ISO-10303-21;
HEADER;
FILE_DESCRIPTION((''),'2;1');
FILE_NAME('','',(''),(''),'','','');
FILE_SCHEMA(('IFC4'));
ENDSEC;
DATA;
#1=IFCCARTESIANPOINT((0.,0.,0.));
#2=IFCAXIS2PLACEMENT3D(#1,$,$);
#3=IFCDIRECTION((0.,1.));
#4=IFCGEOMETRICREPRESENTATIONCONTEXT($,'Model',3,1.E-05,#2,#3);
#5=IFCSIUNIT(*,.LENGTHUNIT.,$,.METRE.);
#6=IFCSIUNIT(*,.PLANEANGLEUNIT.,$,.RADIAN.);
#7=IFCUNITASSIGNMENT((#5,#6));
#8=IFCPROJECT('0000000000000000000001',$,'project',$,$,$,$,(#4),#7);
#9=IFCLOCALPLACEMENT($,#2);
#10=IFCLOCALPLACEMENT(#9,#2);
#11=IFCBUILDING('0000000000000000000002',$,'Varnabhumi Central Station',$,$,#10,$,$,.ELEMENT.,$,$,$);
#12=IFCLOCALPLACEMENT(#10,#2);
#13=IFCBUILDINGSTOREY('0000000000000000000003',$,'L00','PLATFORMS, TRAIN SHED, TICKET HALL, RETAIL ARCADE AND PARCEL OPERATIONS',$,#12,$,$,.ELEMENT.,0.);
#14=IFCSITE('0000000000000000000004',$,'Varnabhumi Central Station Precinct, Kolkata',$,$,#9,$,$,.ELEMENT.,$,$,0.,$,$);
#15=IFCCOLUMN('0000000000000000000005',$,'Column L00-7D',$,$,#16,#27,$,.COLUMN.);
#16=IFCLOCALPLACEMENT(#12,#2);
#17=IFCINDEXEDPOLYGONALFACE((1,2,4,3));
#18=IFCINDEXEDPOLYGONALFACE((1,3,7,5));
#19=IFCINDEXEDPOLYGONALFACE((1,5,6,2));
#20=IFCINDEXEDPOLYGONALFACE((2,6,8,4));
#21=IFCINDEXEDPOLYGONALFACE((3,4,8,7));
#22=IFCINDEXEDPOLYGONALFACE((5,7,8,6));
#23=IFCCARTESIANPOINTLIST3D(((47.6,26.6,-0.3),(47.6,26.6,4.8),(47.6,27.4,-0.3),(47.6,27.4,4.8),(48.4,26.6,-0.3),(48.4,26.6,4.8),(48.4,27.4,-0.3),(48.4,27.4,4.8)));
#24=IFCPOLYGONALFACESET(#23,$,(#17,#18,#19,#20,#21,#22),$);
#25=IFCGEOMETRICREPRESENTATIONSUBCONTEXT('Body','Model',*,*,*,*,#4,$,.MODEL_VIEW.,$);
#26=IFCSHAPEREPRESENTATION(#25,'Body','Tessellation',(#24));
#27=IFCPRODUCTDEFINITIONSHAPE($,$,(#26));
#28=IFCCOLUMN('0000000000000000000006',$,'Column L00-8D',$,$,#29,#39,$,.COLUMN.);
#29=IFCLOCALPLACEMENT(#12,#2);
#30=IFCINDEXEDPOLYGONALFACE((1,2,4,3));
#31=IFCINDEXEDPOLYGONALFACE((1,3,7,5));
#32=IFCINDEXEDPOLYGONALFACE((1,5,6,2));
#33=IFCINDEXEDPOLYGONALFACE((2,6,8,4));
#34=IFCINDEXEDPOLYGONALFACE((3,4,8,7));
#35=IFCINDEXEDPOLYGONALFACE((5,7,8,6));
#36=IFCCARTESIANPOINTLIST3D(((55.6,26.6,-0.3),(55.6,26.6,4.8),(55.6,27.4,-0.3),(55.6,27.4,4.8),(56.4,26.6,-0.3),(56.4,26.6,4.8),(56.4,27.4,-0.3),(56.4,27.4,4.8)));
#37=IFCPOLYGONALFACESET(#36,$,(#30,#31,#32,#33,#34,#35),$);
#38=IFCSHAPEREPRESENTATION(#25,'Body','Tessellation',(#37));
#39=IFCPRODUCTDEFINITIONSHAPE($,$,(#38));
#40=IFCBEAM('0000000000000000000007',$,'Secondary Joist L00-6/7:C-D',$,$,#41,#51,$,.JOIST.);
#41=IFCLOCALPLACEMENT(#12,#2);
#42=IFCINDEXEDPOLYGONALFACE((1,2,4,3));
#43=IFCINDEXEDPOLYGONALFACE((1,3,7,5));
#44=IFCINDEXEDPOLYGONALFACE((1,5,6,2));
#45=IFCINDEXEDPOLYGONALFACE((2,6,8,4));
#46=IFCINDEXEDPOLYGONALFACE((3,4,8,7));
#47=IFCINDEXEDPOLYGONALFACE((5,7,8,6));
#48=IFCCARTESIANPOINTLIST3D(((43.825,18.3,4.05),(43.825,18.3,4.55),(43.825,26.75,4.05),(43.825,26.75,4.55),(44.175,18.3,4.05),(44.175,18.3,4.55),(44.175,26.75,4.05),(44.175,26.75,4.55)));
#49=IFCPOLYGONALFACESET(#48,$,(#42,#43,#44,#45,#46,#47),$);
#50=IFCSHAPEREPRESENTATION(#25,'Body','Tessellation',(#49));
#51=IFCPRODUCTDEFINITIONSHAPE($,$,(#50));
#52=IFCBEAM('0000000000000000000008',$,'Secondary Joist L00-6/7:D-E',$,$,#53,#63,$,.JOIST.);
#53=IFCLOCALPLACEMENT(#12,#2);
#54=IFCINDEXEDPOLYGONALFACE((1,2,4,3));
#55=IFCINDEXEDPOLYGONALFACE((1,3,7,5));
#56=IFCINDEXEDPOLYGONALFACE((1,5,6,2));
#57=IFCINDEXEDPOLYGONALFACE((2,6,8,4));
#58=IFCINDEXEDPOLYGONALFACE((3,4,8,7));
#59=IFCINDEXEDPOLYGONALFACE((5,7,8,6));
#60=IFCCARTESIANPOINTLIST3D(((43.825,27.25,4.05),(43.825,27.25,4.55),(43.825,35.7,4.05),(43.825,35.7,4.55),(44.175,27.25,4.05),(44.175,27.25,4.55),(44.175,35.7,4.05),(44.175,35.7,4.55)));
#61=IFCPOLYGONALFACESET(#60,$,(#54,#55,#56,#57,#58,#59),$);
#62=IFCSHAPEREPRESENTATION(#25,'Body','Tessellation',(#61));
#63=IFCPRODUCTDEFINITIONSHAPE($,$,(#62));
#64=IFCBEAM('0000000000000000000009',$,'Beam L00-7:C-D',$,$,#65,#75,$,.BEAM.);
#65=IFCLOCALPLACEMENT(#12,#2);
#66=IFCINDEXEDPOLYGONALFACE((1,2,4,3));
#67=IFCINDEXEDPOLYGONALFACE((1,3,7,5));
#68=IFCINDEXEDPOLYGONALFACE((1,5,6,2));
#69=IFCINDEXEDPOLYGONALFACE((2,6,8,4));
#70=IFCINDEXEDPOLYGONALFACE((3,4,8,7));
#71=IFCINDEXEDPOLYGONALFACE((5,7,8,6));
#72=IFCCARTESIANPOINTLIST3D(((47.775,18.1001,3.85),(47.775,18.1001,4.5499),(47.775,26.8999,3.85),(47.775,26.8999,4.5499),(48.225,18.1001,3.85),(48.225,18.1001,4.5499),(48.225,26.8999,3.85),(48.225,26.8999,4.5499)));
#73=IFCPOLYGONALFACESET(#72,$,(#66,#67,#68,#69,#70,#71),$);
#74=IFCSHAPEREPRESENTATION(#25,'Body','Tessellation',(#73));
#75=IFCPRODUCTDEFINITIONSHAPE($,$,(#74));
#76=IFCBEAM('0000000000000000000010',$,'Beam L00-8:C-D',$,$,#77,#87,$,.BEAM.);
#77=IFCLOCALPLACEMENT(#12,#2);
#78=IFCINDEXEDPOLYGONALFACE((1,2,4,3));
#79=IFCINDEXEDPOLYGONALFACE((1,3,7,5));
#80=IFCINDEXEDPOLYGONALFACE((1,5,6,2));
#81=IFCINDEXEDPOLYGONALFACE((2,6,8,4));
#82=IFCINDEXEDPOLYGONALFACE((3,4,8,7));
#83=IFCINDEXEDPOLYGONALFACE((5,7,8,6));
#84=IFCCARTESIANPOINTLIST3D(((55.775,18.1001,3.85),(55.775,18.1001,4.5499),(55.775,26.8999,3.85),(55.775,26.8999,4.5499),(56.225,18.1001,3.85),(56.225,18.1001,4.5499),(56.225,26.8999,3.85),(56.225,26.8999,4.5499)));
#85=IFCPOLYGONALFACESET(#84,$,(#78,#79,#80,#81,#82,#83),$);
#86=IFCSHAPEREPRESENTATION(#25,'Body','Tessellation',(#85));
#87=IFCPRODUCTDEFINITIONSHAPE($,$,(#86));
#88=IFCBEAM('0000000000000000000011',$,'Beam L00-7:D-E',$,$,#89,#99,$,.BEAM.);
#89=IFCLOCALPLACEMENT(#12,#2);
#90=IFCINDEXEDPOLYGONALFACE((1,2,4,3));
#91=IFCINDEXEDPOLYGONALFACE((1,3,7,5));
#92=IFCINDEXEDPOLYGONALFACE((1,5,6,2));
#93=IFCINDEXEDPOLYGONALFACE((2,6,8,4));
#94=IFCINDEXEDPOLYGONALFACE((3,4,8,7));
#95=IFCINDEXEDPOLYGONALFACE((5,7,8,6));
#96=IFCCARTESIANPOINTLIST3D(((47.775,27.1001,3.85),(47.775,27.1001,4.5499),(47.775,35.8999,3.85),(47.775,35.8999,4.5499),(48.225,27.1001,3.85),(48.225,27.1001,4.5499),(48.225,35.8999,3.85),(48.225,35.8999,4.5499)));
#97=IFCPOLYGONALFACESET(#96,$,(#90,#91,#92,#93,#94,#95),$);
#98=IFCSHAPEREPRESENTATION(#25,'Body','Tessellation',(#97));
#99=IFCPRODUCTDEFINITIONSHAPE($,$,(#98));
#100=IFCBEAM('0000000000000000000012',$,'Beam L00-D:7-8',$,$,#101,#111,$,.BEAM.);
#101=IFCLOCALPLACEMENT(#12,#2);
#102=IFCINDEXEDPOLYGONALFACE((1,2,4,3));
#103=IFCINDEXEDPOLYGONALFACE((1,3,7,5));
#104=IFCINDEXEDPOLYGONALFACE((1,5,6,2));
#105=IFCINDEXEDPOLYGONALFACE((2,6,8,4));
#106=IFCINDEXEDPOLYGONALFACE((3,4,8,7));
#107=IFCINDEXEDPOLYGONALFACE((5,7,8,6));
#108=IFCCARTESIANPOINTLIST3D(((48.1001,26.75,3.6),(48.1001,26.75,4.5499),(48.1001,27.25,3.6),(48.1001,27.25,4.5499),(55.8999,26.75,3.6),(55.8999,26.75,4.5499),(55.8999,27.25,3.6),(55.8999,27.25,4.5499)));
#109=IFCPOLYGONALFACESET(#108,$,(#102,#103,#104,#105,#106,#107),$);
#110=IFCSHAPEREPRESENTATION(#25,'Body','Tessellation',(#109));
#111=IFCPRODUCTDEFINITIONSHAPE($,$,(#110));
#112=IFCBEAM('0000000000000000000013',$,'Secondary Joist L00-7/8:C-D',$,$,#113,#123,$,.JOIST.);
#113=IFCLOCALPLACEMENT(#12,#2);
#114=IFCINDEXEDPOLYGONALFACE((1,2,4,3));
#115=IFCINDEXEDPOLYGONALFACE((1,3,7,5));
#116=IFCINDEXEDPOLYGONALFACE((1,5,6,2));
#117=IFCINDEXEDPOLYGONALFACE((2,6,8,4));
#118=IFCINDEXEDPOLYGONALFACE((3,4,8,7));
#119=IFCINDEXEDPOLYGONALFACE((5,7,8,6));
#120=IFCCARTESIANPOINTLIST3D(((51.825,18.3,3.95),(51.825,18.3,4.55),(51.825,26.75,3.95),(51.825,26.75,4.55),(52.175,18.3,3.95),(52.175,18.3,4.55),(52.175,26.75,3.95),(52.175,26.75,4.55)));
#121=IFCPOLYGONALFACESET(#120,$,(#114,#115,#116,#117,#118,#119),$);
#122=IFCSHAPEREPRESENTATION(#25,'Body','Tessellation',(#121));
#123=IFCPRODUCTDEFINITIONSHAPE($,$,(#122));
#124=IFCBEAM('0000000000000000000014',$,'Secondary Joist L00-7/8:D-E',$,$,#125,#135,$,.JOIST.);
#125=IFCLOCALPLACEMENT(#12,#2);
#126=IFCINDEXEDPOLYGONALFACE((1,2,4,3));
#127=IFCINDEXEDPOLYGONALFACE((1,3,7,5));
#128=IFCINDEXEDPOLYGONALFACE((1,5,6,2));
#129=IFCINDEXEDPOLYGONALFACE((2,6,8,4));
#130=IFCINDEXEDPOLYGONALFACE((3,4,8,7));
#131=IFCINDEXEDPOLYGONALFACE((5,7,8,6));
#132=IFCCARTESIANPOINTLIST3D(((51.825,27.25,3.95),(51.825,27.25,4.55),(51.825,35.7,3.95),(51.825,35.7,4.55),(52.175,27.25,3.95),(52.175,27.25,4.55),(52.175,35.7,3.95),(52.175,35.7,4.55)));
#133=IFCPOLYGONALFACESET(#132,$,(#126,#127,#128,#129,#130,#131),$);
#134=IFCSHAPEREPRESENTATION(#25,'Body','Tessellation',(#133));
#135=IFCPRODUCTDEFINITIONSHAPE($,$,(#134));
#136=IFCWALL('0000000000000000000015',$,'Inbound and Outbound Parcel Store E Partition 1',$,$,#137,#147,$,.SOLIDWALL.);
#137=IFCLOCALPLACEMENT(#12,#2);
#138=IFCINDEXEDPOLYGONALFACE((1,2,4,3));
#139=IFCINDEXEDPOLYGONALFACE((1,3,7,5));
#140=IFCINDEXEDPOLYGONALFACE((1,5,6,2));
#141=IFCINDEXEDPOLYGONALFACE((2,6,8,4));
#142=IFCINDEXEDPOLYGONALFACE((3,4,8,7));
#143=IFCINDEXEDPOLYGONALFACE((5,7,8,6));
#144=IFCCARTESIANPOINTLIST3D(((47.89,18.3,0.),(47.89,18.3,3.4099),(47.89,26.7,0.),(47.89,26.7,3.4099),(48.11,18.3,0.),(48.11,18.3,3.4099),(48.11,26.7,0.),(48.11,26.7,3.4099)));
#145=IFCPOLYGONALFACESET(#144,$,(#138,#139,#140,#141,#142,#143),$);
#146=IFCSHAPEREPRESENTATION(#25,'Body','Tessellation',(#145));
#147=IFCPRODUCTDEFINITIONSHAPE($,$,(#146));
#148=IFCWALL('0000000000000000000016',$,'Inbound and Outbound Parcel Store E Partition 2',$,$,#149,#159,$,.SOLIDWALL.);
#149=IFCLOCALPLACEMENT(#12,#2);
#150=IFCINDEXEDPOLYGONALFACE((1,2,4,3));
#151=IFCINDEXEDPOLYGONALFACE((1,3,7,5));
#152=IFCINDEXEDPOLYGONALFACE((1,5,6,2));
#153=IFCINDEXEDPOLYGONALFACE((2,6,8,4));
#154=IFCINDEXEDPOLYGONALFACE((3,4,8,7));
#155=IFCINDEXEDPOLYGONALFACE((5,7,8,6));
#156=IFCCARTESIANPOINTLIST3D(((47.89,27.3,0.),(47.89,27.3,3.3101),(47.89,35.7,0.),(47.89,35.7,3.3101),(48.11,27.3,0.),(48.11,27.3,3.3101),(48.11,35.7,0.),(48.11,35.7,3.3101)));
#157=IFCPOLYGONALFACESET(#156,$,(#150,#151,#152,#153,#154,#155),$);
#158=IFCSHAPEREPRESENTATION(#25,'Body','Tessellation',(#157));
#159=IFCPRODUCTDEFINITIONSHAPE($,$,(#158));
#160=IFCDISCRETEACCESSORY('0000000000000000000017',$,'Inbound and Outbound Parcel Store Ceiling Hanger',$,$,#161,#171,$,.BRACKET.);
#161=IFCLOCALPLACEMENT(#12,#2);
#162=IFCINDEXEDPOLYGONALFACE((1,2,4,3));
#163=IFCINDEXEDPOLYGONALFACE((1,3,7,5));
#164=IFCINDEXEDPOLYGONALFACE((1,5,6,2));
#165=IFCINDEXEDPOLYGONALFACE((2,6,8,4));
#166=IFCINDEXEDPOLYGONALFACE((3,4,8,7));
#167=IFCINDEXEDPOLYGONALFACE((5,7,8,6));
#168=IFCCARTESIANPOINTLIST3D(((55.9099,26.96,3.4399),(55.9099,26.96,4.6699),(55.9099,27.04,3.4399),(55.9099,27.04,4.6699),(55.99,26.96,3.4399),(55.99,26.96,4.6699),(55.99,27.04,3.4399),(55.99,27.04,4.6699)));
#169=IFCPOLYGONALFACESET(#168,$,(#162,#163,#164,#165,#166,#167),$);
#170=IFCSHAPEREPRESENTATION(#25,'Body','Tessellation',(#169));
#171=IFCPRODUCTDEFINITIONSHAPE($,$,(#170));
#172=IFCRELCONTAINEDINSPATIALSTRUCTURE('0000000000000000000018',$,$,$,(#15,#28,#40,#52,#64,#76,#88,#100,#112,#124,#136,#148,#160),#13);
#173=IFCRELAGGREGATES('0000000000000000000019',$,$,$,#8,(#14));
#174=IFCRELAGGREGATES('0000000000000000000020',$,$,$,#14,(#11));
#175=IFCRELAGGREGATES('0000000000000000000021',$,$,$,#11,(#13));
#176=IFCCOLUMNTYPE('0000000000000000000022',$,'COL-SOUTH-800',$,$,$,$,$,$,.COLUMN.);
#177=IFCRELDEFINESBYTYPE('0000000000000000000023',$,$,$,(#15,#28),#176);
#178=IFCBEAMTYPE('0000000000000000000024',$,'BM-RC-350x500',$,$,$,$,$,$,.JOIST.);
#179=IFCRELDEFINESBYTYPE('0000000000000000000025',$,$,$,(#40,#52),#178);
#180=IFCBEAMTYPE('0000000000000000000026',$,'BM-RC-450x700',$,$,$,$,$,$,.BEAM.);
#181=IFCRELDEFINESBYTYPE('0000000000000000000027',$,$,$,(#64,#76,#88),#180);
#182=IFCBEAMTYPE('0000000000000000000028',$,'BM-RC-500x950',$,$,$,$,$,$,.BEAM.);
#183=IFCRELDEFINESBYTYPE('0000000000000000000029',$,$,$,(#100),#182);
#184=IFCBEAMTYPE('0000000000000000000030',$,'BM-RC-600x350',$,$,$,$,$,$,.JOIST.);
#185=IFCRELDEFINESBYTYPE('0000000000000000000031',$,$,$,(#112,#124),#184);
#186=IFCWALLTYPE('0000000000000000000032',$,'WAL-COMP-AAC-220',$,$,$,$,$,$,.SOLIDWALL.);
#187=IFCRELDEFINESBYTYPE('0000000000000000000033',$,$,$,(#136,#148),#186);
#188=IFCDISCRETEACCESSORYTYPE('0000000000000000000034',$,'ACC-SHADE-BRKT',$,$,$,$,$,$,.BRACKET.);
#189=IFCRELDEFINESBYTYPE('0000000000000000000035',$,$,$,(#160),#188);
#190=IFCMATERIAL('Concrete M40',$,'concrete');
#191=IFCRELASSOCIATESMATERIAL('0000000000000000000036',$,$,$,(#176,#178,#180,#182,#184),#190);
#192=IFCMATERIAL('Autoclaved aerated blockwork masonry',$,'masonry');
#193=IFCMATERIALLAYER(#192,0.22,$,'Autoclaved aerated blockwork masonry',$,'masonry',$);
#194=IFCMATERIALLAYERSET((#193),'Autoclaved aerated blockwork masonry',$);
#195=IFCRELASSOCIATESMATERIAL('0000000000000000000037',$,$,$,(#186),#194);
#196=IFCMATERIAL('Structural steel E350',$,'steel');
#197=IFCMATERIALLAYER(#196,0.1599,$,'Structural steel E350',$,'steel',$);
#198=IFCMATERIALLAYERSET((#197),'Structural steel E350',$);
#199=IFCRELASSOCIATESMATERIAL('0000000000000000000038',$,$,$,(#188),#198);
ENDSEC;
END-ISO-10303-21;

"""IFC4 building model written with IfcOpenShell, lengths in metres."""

from ifc_helpers import new_model, si_unit, direction, frame, frame_2d, origin, origin_2d, place, context, subcontext, project, spatial, rectangle, extrude, material, layer, layer_set, material_profile, profile_set, type_object, element, save


model = new_model("IFC4")

# Units and contexts
model_context = context("Model", 3, precision=1e-05, world=origin(), true_north=direction((0.0, 1.0)))
body_context = subcontext(model_context, "Body", "Model", "MODEL_VIEW")
ifc_project = project(units=[si_unit("LENGTHUNIT", "METRE"), si_unit("PLANEANGLEUNIT", "RADIAN")], contexts=[model_context])

# Site, building, storey
site_placement = place(None, origin())
site = spatial("IfcSite", under=ifc_project, at=site_placement, Name="Varnabhumi Central Station Precinct, Kolkata", CompositionType="ELEMENT", RefElevation=0.0)
building_placement = place(site_placement, origin())
building = spatial("IfcBuilding", under=site, at=building_placement, Name="Varnabhumi Central Station", CompositionType="ELEMENT")
storey_placement = place(building_placement, origin())
storey = spatial("IfcBuildingStorey", under=building, at=storey_placement, Name="L00", Description="PLATFORMS, TRAIN SHED, TICKET HALL, RETAIL ARCADE AND PARCEL OPERATIONS", CompositionType="ELEMENT", Elevation=0.0)

# Shared definitions
ifc_material_1 = material(Name="Concrete M40", Category="concrete")

# Columns
ifc_material_profile_1 = material_profile(ifc_material_1, rectangle(XDim=0.8, YDim=0.8, at=origin_2d()), Name="Concrete M40", Category="concrete")
ifc_profile_set_1 = profile_set([ifc_material_profile_1], Name="Concrete M40")
column_type = type_object("IfcColumnType", Name="COL-SOUTH-800", PredefinedType="COLUMN", material=ifc_profile_set_1)
for number, where, z_axis, x_axis, name in (
    (1, (48.0, 27.0, -0.3), (0.0, 0.0, 1.0), (1.0, 0.0, 0.0), "Column L00-7D"),
    (2, (56.0, 27.0, -0.3), (0.0, 0.0, 1.0), (1.0, 0.0, 0.0), "Column L00-8D"),
):
    element("IfcColumn", number, at=place(storey_placement, frame(where, z_axis=z_axis, x_axis=x_axis)), inside=storey, type_object=column_type, Name=name, PredefinedType="COLUMN", context=body_context, shape_type="SweptSolid", body=[
        extrude(rectangle(XDim=0.8, YDim=0.8, at=origin_2d()), origin(), (0.0, 0.0, 1.0), 5.1001),
    ])

# Beams
ifc_material_profile_2 = material_profile(ifc_material_1, rectangle(XDim=0.3501, YDim=0.5, at=origin_2d()), Name="Concrete M40", Category="concrete")
ifc_profile_set_2 = profile_set([ifc_material_profile_2], Name="Concrete M40")
beam_type_1 = type_object("IfcBeamType", Name="BM-RC-350x500", PredefinedType="JOIST", material=ifc_profile_set_2)
for number, where, z_axis, x_axis, name in (
    (3, (44.0, 18.3, 4.3), (0.0, 1.0, 0.0), (-1.0, 0.0, 0.0), "Secondary Joist L00-6/7:C-D"),
    (4, (44.0, 27.25, 4.3), (0.0, 1.0, 0.0), (-1.0, 0.0, 0.0), "Secondary Joist L00-6/7:D-E"),
):
    element("IfcBeam", number, at=place(storey_placement, frame(where, z_axis=z_axis, x_axis=x_axis)), inside=storey, type_object=beam_type_1, Name=name, PredefinedType="JOIST", context=body_context, shape_type="SweptSolid", body=[
        extrude(rectangle(XDim=0.3501, YDim=0.5, at=origin_2d()), origin(), (0.0, 0.0, 1.0), 8.45),
    ])
ifc_material_profile_3 = material_profile(ifc_material_1, rectangle(XDim=0.45, YDim=0.7, at=origin_2d()), Name="Concrete M40", Category="concrete")
ifc_profile_set_3 = profile_set([ifc_material_profile_3], Name="Concrete M40")
beam_type_2 = type_object("IfcBeamType", Name="BM-RC-450x700", PredefinedType="BEAM", material=ifc_profile_set_3)
for number, where, z_axis, x_axis, name in (
    (5, (48.0, 18.1001, 4.2), (0.0, 1.0, 0.0), (-1.0, 0.0, 0.0), "Beam L00-7:C-D"),
    (6, (56.0, 18.1001, 4.2), (0.0, 1.0, 0.0), (-1.0, 0.0, 0.0), "Beam L00-8:C-D"),
    (7, (48.0, 27.1001, 4.2), (0.0, 1.0, 0.0), (-1.0, 0.0, 0.0), "Beam L00-7:D-E"),
):
    element("IfcBeam", number, at=place(storey_placement, frame(where, z_axis=z_axis, x_axis=x_axis)), inside=storey, type_object=beam_type_2, Name=name, PredefinedType="BEAM", context=body_context, shape_type="SweptSolid", body=[
        extrude(rectangle(XDim=0.45, YDim=0.7, at=origin_2d()), origin(), (0.0, 0.0, 1.0), 8.7998),
    ])
ifc_material_profile_4 = material_profile(ifc_material_1, rectangle(XDim=0.5, YDim=0.95, at=origin_2d()), Name="Concrete M40", Category="concrete")
ifc_profile_set_4 = profile_set([ifc_material_profile_4], Name="Concrete M40")
beam_type_3 = type_object("IfcBeamType", Name="BM-RC-500x950", PredefinedType="BEAM", material=ifc_profile_set_4)
beam_placement = place(storey_placement, frame((48.1001, 27.0, 4.075), z_axis=(1.0, 0.0, 0.0), x_axis=(0.0, 1.0, 0.0)))
element("IfcBeam", 8, at=beam_placement, inside=storey, type_object=beam_type_3, Name="Beam L00-D:7-8", PredefinedType="BEAM", context=body_context, shape_type="SweptSolid", body=[
    extrude(rectangle(XDim=0.5, YDim=0.95, at=origin_2d()), origin(), (0.0, 0.0, 1.0), 7.7998),
])
ifc_material_profile_5 = material_profile(ifc_material_1, rectangle(XDim=0.3501, YDim=0.6001, at=origin_2d()), Name="Concrete M40", Category="concrete")
ifc_profile_set_5 = profile_set([ifc_material_profile_5], Name="Concrete M40")
beam_type_4 = type_object("IfcBeamType", Name="BM-RC-600x350", PredefinedType="JOIST", material=ifc_profile_set_5)
for number, where, z_axis, x_axis, name in (
    (9, (52.0, 18.3, 4.25), (0.0, 1.0, 0.0), (-1.0, 0.0, 0.0), "Secondary Joist L00-7/8:C-D"),
    (10, (52.0, 27.25, 4.25), (0.0, 1.0, 0.0), (-1.0, 0.0, 0.0), "Secondary Joist L00-7/8:D-E"),
):
    element("IfcBeam", number, at=place(storey_placement, frame(where, z_axis=z_axis, x_axis=x_axis)), inside=storey, type_object=beam_type_4, Name=name, PredefinedType="JOIST", context=body_context, shape_type="SweptSolid", body=[
        extrude(rectangle(XDim=0.3501, YDim=0.6001, at=origin_2d()), origin(), (0.0, 0.0, 1.0), 8.45),
    ])

# Walls
ifc_material_2 = material(Name="Autoclaved aerated blockwork masonry", Category="masonry")
ifc_layer_1 = layer(ifc_material_2, 0.22, Name="Autoclaved aerated blockwork masonry", Category="masonry")
ifc_layer_set_1 = layer_set([ifc_layer_1], Name="Autoclaved aerated blockwork masonry")
wall_type = type_object("IfcWallType", Name="WAL-COMP-AAC-220", PredefinedType="SOLIDWALL", material=ifc_layer_set_1)
wall_1_placement = place(storey_placement, frame((48.0, 18.3, 0.0), z_axis=(0.0, 0.0, 1.0), x_axis=(0.0, 1.0, 0.0)))
element("IfcWall", 11, at=wall_1_placement, inside=storey, type_object=wall_type, Name="Inbound and Outbound Parcel Store E Partition 1", PredefinedType="SOLIDWALL", context=body_context, shape_type="SweptSolid", body=[
    extrude(rectangle(XDim=8.3999, YDim=0.22, at=frame_2d((4.2, 0.0))), origin(), (0.0, 0.0, 1.0), 3.4099),
])
wall_2_placement = place(storey_placement, frame((48.0, 27.3, 0.0), z_axis=(0.0, 0.0, 1.0), x_axis=(0.0, 1.0, 0.0)))
element("IfcWall", 12, at=wall_2_placement, inside=storey, type_object=wall_type, Name="Inbound and Outbound Parcel Store E Partition 2", PredefinedType="SOLIDWALL", context=body_context, shape_type="SweptSolid", body=[
    extrude(rectangle(XDim=8.3999, YDim=0.22, at=frame_2d((4.2, 0.0))), origin(), (0.0, 0.0, 1.0), 3.3101),
])

# Discrete accessory
ifc_material_3 = material(Name="Structural steel E350", Category="steel")
ifc_layer_2 = layer(ifc_material_3, 0.1599, Name="Structural steel E350", Category="steel")
ifc_layer_set_2 = layer_set([ifc_layer_2], Name="Structural steel E350")
discrete_accessory_type = type_object("IfcDiscreteAccessoryType", Name="ACC-SHADE-BRKT", PredefinedType="BRACKET", material=ifc_layer_set_2)
discrete_accessory_placement = place(storey_placement, frame((55.95, 27.0, 3.4399), z_axis=(0.0, 0.0, 1.0), x_axis=(1.0, 0.0, 0.0)))
element("IfcDiscreteAccessory", 13, at=discrete_accessory_placement, inside=storey, type_object=discrete_accessory_type, Name="Inbound and Outbound Parcel Store Ceiling Hanger", PredefinedType="BRACKET", context=body_context, shape_type="SweptSolid", body=[
    extrude(rectangle(XDim=0.0801, YDim=0.0801, at=origin_2d()), origin(), (0.0, 0.0, 1.0), 1.23),
])

save(model, "model.ifc")
